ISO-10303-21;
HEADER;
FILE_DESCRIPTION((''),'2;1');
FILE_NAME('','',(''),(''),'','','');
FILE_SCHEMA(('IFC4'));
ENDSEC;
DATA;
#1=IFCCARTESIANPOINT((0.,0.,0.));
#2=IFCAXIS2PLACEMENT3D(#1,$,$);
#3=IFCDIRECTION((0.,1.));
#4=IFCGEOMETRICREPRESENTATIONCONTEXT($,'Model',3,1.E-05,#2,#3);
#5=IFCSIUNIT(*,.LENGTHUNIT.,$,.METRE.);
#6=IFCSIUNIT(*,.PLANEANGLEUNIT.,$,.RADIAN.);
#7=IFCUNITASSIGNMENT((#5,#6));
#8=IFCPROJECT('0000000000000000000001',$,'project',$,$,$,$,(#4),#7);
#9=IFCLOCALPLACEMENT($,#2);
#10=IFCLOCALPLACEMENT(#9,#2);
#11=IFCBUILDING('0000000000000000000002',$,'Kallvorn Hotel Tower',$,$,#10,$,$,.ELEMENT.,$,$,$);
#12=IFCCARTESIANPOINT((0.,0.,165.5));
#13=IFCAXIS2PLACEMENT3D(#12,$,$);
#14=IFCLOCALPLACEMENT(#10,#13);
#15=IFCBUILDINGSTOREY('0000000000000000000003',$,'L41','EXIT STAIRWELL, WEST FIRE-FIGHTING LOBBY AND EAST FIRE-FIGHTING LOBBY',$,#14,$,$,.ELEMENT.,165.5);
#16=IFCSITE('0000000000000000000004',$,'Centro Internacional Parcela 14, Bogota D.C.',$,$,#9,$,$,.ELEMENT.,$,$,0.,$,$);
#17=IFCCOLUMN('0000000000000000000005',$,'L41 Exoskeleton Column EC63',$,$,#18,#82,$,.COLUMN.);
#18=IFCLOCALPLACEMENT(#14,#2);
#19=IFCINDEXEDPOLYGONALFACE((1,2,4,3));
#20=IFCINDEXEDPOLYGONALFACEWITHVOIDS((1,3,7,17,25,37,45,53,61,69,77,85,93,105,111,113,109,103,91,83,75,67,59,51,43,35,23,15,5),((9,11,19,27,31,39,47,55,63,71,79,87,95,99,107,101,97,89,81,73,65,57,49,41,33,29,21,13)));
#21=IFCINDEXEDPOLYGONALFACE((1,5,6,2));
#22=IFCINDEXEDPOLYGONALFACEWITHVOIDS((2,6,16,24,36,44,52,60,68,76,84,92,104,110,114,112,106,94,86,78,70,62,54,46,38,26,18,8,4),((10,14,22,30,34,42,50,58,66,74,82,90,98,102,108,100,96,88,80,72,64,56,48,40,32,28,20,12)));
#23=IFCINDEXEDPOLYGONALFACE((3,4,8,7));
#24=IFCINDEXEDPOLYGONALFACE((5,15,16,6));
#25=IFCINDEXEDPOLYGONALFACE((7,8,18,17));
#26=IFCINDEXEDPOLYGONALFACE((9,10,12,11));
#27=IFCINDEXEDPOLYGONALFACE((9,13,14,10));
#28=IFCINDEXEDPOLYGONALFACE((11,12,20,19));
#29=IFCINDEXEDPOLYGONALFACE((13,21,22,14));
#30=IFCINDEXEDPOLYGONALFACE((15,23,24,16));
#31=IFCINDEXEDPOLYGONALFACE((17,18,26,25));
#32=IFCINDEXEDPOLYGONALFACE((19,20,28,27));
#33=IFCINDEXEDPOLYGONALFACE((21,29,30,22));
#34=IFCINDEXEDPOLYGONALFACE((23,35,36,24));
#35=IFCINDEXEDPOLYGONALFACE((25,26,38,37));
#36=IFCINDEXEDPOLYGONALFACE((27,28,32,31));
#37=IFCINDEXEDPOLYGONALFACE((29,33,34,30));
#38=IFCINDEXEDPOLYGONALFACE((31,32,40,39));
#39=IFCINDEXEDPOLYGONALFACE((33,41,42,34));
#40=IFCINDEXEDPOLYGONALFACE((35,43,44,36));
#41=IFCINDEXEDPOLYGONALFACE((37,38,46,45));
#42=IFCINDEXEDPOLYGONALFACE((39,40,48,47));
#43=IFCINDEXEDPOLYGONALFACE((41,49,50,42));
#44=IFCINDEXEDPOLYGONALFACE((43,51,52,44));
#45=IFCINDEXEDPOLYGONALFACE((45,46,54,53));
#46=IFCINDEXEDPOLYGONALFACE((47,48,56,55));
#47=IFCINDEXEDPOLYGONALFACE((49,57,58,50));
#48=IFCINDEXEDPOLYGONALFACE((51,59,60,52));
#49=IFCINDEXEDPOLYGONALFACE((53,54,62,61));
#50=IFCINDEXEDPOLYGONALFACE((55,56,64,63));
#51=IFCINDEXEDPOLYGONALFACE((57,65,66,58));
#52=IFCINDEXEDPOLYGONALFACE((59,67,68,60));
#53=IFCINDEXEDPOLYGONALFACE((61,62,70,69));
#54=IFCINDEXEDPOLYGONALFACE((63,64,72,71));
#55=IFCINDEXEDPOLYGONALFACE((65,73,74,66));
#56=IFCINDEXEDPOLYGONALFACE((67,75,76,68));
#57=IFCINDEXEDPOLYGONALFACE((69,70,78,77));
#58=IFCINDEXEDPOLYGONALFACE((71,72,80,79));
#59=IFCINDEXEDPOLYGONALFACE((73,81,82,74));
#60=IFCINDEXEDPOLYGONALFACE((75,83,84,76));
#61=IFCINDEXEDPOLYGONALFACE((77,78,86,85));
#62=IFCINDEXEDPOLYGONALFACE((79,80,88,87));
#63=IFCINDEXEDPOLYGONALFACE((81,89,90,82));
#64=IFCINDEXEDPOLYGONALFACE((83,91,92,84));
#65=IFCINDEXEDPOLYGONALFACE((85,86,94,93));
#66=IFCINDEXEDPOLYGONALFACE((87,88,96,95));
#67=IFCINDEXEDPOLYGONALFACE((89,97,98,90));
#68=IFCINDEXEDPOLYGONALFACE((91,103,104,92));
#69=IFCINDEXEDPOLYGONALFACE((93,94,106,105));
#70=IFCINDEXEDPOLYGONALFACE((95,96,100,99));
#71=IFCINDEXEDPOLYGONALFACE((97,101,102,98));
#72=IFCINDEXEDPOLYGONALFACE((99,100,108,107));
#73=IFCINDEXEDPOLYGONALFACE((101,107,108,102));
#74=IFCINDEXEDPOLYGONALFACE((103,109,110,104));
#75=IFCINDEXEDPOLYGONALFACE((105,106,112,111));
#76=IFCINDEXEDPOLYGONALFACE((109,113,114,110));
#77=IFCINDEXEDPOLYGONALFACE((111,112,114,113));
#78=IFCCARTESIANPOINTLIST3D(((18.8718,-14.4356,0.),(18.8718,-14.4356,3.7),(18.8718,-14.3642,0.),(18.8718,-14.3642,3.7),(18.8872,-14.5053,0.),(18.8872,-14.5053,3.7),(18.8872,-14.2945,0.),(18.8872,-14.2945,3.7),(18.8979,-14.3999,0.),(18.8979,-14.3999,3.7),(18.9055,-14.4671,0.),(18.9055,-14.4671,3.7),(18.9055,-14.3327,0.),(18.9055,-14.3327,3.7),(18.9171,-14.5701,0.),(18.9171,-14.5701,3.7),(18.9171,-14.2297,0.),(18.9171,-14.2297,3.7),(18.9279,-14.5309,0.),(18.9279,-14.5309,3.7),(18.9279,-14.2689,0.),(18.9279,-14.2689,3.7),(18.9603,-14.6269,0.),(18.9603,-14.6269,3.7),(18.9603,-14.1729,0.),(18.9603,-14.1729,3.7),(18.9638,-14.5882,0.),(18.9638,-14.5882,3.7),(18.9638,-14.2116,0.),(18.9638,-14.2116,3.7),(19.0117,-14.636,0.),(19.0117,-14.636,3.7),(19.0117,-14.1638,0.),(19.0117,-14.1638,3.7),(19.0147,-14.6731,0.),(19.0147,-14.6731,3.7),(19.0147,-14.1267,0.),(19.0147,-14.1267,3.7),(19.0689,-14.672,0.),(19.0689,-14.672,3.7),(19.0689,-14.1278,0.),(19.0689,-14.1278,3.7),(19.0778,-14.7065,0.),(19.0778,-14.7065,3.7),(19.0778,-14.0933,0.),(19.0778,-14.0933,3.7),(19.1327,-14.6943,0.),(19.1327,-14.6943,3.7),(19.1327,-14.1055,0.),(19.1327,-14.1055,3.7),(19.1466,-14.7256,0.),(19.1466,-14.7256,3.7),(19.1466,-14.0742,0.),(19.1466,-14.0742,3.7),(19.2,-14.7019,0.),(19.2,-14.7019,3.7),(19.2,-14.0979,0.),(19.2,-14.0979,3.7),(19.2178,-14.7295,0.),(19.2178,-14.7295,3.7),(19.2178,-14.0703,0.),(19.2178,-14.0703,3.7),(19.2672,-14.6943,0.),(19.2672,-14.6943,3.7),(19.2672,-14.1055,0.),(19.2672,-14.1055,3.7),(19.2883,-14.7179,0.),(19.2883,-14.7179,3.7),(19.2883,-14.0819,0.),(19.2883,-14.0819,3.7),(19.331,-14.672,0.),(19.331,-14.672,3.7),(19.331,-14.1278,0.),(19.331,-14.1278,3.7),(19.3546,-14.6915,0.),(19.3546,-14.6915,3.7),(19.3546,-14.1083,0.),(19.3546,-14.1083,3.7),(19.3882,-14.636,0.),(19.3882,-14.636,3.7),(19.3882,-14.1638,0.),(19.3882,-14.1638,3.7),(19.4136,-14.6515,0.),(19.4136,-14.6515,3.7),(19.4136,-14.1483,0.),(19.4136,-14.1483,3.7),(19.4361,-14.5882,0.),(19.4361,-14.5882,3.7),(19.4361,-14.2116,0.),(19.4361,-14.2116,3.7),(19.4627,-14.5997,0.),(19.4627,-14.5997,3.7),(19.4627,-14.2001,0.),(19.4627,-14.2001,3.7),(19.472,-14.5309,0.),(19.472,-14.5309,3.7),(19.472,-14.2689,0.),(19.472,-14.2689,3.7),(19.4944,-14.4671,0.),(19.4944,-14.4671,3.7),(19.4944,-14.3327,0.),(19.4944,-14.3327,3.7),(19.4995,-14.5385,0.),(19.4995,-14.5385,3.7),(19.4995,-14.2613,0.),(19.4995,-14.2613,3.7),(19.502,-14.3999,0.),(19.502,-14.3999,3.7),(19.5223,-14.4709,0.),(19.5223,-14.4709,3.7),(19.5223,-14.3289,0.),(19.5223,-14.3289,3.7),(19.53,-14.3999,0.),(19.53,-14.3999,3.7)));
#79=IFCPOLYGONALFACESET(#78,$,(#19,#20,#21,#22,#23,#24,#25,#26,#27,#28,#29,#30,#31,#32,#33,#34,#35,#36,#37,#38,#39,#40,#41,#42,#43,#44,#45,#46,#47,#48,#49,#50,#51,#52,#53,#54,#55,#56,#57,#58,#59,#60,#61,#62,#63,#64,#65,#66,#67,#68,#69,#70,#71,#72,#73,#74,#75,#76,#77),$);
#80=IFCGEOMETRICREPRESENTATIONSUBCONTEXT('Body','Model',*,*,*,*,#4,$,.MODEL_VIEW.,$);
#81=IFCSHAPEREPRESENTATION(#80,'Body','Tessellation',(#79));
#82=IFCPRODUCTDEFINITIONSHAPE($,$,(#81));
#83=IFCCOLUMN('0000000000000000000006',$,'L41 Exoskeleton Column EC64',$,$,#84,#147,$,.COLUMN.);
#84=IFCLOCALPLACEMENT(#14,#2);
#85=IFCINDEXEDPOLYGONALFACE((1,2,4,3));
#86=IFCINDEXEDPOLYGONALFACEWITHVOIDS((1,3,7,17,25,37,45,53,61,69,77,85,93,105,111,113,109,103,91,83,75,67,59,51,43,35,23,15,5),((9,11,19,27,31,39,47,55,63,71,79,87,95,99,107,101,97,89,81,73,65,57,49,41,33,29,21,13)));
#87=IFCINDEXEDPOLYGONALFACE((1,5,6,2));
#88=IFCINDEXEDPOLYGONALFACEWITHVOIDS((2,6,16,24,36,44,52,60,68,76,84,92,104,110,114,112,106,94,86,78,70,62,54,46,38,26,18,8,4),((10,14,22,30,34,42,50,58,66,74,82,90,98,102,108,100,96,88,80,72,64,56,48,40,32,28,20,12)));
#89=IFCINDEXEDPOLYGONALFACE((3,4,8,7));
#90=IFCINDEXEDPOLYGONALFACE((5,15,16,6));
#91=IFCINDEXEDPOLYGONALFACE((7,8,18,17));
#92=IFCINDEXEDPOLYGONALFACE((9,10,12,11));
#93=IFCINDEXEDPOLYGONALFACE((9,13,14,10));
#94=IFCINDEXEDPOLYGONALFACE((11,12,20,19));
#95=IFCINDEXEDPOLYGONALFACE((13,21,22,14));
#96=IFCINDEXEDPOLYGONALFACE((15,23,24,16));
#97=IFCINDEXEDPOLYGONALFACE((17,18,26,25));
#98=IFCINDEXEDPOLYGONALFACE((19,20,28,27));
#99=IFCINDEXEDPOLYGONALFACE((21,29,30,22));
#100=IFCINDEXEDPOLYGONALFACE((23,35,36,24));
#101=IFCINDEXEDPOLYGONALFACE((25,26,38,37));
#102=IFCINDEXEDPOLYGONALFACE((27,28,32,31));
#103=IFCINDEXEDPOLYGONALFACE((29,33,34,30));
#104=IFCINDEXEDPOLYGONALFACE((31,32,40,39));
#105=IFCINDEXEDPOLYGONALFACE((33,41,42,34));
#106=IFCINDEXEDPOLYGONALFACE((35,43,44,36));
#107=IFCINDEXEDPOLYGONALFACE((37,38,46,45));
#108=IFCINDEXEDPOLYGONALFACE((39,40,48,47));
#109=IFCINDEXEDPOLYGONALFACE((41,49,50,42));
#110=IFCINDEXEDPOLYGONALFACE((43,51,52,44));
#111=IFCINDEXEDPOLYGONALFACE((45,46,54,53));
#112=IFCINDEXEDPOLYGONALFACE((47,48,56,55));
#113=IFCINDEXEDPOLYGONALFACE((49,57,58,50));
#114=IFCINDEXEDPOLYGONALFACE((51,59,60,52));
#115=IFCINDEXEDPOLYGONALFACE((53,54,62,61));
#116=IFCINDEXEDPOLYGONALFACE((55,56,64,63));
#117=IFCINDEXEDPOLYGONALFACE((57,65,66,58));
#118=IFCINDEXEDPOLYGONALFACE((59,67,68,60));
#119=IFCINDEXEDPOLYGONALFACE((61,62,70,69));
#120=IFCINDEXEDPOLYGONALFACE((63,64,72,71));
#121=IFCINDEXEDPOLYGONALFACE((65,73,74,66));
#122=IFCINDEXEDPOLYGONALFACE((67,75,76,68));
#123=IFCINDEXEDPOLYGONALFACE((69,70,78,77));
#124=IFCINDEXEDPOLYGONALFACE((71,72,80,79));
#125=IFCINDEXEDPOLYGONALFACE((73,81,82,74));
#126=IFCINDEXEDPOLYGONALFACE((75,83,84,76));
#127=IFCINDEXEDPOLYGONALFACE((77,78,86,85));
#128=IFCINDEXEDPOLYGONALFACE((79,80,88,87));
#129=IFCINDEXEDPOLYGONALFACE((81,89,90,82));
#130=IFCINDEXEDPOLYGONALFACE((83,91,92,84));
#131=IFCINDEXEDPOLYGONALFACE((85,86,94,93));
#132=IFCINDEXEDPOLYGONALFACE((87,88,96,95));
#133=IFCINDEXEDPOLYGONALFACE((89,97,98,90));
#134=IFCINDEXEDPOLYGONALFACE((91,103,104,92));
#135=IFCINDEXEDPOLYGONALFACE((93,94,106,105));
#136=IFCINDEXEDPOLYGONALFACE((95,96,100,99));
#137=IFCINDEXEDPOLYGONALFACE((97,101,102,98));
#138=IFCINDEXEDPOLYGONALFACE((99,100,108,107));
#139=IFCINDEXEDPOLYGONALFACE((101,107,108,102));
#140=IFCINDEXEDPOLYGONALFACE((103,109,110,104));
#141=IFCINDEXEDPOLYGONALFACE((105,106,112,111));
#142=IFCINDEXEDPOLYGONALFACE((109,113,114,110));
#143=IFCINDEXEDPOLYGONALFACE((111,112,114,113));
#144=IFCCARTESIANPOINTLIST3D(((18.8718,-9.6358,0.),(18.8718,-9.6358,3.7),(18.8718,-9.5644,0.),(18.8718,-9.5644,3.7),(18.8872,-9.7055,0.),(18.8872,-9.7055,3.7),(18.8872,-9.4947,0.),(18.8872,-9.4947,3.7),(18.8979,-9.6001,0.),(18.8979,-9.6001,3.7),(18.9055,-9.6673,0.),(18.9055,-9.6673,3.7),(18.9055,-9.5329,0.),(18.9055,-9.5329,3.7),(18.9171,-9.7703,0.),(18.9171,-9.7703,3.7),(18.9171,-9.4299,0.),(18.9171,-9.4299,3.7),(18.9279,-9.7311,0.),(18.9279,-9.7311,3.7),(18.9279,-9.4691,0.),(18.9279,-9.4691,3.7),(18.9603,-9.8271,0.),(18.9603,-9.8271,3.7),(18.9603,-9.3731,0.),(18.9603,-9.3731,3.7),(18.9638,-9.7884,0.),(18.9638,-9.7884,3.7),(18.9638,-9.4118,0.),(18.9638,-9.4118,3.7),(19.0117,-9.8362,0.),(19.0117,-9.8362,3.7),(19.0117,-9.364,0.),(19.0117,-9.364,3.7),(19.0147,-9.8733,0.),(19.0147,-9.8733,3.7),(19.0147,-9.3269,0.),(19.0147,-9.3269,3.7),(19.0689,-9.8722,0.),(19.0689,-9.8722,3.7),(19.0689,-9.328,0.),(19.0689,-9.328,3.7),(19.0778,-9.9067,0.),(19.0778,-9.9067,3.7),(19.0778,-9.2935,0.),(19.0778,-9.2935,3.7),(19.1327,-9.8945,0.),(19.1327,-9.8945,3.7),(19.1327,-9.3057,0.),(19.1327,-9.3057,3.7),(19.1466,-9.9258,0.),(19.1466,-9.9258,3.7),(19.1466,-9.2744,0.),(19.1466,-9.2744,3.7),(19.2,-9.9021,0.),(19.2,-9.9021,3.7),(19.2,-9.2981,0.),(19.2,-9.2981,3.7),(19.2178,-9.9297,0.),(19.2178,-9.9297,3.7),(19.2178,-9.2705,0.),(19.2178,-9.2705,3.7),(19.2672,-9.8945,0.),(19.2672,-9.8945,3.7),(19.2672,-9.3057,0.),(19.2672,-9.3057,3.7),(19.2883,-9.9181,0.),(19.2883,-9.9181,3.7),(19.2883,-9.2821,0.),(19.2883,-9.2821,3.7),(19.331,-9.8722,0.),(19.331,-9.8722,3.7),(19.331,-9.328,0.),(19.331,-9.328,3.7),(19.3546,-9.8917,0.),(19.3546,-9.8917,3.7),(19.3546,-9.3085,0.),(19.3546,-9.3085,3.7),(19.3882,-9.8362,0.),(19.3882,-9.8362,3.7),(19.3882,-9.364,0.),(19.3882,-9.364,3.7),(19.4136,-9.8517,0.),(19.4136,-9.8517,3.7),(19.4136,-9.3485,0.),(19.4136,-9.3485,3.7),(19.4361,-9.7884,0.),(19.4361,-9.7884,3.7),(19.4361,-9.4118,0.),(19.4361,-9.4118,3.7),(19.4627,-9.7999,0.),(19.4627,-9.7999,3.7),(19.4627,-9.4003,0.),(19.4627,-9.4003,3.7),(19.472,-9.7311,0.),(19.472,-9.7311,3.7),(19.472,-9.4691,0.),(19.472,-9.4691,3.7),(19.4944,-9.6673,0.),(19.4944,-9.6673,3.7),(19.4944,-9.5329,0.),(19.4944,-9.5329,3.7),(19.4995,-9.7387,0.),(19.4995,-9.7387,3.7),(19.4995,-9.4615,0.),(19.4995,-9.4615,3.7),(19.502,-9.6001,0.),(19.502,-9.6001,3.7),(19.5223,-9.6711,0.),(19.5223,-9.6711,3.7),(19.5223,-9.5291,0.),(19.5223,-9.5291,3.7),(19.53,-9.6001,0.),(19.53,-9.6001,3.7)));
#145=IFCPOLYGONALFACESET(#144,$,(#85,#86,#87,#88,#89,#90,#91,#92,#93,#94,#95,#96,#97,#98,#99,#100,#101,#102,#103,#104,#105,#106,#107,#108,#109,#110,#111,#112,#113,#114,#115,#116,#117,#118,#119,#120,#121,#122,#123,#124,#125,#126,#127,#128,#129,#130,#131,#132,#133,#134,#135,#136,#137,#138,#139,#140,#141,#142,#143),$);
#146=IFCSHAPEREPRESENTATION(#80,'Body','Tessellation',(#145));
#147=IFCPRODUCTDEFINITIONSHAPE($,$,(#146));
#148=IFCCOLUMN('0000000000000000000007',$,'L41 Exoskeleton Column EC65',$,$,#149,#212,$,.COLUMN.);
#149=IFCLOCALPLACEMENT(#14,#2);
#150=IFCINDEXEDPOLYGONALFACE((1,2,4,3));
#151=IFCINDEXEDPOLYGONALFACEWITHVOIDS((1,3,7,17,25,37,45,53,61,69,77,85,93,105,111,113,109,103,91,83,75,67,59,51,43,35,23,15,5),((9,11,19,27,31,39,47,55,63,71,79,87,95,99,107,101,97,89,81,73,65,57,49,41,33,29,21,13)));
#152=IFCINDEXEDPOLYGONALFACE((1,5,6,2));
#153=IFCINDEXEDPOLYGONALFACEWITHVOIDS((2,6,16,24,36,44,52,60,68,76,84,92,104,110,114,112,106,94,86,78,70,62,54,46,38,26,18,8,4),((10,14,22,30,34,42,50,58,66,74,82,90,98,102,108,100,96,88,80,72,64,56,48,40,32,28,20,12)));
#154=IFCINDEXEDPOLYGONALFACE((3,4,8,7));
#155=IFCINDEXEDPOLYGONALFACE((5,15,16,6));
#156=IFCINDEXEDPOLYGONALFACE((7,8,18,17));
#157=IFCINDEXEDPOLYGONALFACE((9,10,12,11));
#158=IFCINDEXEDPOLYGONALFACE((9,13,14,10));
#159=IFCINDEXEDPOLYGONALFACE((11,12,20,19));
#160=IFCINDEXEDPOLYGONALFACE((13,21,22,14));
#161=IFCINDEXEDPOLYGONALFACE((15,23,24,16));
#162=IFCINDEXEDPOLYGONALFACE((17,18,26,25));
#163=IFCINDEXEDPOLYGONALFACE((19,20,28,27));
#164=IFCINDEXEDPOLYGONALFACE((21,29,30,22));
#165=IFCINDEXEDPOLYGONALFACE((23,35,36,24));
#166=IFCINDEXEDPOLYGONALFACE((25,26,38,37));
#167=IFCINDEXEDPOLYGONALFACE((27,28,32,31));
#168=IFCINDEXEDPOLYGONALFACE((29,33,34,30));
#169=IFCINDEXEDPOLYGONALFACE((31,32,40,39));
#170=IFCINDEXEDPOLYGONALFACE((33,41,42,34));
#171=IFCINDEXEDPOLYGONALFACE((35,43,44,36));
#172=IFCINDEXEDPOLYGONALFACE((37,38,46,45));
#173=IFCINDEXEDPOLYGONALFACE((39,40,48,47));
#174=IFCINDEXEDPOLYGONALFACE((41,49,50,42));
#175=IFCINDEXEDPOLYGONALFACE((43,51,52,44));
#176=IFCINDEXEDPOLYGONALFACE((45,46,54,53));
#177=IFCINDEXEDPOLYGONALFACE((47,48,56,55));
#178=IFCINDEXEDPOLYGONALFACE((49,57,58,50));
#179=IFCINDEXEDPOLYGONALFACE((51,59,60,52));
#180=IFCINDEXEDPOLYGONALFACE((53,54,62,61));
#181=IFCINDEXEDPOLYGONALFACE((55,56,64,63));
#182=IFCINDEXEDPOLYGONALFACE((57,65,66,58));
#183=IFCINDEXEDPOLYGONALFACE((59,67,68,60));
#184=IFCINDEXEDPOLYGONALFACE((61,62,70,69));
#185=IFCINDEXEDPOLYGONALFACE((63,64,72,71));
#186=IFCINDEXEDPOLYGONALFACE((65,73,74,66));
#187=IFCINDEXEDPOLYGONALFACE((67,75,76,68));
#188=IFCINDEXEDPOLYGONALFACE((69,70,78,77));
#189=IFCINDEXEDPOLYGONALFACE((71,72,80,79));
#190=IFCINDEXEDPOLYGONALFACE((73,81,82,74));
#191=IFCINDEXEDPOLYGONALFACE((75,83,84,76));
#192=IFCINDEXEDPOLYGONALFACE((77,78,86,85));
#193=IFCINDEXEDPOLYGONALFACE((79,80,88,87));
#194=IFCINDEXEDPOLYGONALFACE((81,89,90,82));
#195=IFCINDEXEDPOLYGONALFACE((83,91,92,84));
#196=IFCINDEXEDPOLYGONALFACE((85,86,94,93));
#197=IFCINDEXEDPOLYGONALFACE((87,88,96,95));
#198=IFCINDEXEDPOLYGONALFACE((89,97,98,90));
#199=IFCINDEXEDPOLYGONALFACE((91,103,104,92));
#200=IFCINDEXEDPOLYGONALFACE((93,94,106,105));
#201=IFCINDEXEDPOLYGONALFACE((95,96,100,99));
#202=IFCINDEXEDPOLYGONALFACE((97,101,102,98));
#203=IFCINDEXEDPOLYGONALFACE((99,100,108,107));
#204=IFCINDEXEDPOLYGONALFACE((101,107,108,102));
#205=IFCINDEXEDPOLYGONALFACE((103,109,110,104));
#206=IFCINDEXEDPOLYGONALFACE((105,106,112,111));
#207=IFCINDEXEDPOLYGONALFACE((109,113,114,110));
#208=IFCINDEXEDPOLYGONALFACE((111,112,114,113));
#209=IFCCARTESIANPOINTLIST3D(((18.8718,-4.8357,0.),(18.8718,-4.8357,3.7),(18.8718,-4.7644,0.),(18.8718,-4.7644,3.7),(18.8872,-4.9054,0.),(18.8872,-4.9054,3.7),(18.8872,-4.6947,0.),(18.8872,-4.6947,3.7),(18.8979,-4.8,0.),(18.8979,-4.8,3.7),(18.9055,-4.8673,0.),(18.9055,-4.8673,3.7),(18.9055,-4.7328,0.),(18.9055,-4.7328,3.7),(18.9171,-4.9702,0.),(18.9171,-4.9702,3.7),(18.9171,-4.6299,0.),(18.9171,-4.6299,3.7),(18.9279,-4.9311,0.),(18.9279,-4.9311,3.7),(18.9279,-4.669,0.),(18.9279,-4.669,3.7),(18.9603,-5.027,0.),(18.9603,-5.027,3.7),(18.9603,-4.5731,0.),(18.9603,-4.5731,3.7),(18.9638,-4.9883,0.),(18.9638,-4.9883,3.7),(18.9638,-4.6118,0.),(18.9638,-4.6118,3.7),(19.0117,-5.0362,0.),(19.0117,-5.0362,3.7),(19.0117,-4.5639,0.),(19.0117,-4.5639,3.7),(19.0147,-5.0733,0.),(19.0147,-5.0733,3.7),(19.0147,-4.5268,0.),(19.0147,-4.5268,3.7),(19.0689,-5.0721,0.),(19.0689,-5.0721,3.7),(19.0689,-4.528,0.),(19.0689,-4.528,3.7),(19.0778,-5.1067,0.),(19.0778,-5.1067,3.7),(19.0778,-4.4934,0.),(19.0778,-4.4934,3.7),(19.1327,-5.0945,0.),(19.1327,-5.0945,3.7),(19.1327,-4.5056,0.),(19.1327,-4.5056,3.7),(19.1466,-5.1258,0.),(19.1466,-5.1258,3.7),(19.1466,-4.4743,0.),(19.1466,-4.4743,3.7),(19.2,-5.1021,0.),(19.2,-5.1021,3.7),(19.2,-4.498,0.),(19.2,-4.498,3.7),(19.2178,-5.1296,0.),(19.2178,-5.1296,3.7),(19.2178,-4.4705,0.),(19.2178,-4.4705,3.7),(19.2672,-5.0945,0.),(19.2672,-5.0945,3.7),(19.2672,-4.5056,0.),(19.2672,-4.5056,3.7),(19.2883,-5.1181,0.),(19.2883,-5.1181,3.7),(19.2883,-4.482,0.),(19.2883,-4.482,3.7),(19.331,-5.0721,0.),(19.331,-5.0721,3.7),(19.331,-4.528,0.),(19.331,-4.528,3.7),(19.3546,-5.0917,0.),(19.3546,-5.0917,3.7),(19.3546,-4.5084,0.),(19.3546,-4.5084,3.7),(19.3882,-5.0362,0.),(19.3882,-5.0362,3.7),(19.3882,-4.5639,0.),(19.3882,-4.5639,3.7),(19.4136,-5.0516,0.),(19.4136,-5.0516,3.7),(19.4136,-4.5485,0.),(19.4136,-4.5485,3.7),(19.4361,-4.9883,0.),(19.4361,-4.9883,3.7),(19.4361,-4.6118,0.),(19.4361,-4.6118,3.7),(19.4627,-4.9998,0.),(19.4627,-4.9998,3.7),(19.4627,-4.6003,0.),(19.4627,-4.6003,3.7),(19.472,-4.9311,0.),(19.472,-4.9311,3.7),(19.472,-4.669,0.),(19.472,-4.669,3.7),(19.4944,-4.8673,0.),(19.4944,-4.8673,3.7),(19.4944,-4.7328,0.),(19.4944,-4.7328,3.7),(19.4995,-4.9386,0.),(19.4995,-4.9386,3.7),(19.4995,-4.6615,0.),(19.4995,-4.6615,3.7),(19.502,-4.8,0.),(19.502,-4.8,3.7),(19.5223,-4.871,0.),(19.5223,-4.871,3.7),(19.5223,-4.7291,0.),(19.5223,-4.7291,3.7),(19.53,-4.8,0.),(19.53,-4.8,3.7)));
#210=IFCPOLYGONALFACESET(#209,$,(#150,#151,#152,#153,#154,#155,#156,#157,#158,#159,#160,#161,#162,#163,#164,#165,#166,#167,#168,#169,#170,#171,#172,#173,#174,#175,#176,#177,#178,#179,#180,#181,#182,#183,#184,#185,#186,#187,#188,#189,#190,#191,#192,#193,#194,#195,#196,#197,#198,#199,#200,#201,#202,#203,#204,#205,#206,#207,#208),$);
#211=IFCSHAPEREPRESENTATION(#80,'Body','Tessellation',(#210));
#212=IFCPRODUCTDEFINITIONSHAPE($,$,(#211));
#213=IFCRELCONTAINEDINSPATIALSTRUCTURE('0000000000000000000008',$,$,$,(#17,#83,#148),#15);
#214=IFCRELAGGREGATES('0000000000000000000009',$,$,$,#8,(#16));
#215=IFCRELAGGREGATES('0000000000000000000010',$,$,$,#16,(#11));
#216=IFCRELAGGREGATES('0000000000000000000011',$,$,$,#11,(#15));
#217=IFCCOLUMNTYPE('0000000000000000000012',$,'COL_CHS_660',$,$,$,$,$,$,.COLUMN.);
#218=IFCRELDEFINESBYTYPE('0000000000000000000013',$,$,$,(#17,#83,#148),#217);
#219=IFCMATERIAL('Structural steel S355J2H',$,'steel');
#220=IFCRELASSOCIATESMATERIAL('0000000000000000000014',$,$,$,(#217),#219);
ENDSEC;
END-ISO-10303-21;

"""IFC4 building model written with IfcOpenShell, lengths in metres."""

from ifc_helpers import new_model, si_unit, direction, frame, origin, origin_2d, place, context, subcontext, project, spatial, hollow_circle, extrude, material, material_profile, profile_set, type_object, element, save


model = new_model("IFC4")

# Units and contexts
model_context = context("Model", 3, precision=1e-05, world=origin(), true_north=direction((0.0, 1.0)))
body_context = subcontext(model_context, "Body", "Model", "MODEL_VIEW")
ifc_project = project(units=[si_unit("LENGTHUNIT", "METRE"), si_unit("PLANEANGLEUNIT", "RADIAN")], contexts=[model_context])

# Site, building, storey
site_placement = place(None, origin())
site = spatial("IfcSite", under=ifc_project, at=site_placement, Name="Centro Internacional Parcela 14, Bogota D.C.", CompositionType="ELEMENT", RefElevation=0.0)
building_placement = place(site_placement, origin())
building = spatial("IfcBuilding", under=site, at=building_placement, Name="Kallvorn Hotel Tower", CompositionType="ELEMENT")
storey_placement = place(building_placement, frame((0.0, 0.0, 165.5)))
storey = spatial("IfcBuildingStorey", under=building, at=storey_placement, Name="L41", Description="EXIT STAIRWELL, WEST FIRE-FIGHTING LOBBY AND EAST FIRE-FIGHTING LOBBY", CompositionType="ELEMENT", Elevation=165.5)

# Columns
ifc_material_1 = material(Name="Structural steel S355J2H", Category="steel")
ifc_material_profile_1 = material_profile(ifc_material_1, hollow_circle(Radius=0.3301, WallThickness=0.0281, at=origin_2d()), Name="CHS 660x28")
ifc_profile_set_1 = profile_set([ifc_material_profile_1], Name="Structural steel S355J2H")
column_type_1 = type_object("IfcColumnType", Name="COL_CHS_660", PredefinedType="COLUMN", material=ifc_profile_set_1)
for number, where, z_axis, x_axis, name in (
    (1, (19.2, -14.3999, 0.0), (0.0, 0.0, 1.0), (1.0, 0.0, 0.0), "L41 Exoskeleton Column EC63"),
    (2, (19.2, -9.6001, 0.0), (0.0, 0.0, 1.0), (1.0, 0.0, 0.0), "L41 Exoskeleton Column EC64"),
    (3, (19.2, -4.8, 0.0), (0.0, 0.0, 1.0), (1.0, 0.0, 0.0), "L41 Exoskeleton Column EC65"),
):
    element("IfcColumn", number, at=place(storey_placement, frame(where, z_axis=z_axis, x_axis=x_axis)), inside=storey, type_object=column_type_1, Name=name, PredefinedType="COLUMN", context=body_context, shape_type="SweptSolid", body=[
        extrude(hollow_circle(Radius=0.3301, WallThickness=0.0281, at=origin_2d()), origin(), (0.0, 0.0, 1.0), 3.7),
    ])

save(model, "model.ifc")
